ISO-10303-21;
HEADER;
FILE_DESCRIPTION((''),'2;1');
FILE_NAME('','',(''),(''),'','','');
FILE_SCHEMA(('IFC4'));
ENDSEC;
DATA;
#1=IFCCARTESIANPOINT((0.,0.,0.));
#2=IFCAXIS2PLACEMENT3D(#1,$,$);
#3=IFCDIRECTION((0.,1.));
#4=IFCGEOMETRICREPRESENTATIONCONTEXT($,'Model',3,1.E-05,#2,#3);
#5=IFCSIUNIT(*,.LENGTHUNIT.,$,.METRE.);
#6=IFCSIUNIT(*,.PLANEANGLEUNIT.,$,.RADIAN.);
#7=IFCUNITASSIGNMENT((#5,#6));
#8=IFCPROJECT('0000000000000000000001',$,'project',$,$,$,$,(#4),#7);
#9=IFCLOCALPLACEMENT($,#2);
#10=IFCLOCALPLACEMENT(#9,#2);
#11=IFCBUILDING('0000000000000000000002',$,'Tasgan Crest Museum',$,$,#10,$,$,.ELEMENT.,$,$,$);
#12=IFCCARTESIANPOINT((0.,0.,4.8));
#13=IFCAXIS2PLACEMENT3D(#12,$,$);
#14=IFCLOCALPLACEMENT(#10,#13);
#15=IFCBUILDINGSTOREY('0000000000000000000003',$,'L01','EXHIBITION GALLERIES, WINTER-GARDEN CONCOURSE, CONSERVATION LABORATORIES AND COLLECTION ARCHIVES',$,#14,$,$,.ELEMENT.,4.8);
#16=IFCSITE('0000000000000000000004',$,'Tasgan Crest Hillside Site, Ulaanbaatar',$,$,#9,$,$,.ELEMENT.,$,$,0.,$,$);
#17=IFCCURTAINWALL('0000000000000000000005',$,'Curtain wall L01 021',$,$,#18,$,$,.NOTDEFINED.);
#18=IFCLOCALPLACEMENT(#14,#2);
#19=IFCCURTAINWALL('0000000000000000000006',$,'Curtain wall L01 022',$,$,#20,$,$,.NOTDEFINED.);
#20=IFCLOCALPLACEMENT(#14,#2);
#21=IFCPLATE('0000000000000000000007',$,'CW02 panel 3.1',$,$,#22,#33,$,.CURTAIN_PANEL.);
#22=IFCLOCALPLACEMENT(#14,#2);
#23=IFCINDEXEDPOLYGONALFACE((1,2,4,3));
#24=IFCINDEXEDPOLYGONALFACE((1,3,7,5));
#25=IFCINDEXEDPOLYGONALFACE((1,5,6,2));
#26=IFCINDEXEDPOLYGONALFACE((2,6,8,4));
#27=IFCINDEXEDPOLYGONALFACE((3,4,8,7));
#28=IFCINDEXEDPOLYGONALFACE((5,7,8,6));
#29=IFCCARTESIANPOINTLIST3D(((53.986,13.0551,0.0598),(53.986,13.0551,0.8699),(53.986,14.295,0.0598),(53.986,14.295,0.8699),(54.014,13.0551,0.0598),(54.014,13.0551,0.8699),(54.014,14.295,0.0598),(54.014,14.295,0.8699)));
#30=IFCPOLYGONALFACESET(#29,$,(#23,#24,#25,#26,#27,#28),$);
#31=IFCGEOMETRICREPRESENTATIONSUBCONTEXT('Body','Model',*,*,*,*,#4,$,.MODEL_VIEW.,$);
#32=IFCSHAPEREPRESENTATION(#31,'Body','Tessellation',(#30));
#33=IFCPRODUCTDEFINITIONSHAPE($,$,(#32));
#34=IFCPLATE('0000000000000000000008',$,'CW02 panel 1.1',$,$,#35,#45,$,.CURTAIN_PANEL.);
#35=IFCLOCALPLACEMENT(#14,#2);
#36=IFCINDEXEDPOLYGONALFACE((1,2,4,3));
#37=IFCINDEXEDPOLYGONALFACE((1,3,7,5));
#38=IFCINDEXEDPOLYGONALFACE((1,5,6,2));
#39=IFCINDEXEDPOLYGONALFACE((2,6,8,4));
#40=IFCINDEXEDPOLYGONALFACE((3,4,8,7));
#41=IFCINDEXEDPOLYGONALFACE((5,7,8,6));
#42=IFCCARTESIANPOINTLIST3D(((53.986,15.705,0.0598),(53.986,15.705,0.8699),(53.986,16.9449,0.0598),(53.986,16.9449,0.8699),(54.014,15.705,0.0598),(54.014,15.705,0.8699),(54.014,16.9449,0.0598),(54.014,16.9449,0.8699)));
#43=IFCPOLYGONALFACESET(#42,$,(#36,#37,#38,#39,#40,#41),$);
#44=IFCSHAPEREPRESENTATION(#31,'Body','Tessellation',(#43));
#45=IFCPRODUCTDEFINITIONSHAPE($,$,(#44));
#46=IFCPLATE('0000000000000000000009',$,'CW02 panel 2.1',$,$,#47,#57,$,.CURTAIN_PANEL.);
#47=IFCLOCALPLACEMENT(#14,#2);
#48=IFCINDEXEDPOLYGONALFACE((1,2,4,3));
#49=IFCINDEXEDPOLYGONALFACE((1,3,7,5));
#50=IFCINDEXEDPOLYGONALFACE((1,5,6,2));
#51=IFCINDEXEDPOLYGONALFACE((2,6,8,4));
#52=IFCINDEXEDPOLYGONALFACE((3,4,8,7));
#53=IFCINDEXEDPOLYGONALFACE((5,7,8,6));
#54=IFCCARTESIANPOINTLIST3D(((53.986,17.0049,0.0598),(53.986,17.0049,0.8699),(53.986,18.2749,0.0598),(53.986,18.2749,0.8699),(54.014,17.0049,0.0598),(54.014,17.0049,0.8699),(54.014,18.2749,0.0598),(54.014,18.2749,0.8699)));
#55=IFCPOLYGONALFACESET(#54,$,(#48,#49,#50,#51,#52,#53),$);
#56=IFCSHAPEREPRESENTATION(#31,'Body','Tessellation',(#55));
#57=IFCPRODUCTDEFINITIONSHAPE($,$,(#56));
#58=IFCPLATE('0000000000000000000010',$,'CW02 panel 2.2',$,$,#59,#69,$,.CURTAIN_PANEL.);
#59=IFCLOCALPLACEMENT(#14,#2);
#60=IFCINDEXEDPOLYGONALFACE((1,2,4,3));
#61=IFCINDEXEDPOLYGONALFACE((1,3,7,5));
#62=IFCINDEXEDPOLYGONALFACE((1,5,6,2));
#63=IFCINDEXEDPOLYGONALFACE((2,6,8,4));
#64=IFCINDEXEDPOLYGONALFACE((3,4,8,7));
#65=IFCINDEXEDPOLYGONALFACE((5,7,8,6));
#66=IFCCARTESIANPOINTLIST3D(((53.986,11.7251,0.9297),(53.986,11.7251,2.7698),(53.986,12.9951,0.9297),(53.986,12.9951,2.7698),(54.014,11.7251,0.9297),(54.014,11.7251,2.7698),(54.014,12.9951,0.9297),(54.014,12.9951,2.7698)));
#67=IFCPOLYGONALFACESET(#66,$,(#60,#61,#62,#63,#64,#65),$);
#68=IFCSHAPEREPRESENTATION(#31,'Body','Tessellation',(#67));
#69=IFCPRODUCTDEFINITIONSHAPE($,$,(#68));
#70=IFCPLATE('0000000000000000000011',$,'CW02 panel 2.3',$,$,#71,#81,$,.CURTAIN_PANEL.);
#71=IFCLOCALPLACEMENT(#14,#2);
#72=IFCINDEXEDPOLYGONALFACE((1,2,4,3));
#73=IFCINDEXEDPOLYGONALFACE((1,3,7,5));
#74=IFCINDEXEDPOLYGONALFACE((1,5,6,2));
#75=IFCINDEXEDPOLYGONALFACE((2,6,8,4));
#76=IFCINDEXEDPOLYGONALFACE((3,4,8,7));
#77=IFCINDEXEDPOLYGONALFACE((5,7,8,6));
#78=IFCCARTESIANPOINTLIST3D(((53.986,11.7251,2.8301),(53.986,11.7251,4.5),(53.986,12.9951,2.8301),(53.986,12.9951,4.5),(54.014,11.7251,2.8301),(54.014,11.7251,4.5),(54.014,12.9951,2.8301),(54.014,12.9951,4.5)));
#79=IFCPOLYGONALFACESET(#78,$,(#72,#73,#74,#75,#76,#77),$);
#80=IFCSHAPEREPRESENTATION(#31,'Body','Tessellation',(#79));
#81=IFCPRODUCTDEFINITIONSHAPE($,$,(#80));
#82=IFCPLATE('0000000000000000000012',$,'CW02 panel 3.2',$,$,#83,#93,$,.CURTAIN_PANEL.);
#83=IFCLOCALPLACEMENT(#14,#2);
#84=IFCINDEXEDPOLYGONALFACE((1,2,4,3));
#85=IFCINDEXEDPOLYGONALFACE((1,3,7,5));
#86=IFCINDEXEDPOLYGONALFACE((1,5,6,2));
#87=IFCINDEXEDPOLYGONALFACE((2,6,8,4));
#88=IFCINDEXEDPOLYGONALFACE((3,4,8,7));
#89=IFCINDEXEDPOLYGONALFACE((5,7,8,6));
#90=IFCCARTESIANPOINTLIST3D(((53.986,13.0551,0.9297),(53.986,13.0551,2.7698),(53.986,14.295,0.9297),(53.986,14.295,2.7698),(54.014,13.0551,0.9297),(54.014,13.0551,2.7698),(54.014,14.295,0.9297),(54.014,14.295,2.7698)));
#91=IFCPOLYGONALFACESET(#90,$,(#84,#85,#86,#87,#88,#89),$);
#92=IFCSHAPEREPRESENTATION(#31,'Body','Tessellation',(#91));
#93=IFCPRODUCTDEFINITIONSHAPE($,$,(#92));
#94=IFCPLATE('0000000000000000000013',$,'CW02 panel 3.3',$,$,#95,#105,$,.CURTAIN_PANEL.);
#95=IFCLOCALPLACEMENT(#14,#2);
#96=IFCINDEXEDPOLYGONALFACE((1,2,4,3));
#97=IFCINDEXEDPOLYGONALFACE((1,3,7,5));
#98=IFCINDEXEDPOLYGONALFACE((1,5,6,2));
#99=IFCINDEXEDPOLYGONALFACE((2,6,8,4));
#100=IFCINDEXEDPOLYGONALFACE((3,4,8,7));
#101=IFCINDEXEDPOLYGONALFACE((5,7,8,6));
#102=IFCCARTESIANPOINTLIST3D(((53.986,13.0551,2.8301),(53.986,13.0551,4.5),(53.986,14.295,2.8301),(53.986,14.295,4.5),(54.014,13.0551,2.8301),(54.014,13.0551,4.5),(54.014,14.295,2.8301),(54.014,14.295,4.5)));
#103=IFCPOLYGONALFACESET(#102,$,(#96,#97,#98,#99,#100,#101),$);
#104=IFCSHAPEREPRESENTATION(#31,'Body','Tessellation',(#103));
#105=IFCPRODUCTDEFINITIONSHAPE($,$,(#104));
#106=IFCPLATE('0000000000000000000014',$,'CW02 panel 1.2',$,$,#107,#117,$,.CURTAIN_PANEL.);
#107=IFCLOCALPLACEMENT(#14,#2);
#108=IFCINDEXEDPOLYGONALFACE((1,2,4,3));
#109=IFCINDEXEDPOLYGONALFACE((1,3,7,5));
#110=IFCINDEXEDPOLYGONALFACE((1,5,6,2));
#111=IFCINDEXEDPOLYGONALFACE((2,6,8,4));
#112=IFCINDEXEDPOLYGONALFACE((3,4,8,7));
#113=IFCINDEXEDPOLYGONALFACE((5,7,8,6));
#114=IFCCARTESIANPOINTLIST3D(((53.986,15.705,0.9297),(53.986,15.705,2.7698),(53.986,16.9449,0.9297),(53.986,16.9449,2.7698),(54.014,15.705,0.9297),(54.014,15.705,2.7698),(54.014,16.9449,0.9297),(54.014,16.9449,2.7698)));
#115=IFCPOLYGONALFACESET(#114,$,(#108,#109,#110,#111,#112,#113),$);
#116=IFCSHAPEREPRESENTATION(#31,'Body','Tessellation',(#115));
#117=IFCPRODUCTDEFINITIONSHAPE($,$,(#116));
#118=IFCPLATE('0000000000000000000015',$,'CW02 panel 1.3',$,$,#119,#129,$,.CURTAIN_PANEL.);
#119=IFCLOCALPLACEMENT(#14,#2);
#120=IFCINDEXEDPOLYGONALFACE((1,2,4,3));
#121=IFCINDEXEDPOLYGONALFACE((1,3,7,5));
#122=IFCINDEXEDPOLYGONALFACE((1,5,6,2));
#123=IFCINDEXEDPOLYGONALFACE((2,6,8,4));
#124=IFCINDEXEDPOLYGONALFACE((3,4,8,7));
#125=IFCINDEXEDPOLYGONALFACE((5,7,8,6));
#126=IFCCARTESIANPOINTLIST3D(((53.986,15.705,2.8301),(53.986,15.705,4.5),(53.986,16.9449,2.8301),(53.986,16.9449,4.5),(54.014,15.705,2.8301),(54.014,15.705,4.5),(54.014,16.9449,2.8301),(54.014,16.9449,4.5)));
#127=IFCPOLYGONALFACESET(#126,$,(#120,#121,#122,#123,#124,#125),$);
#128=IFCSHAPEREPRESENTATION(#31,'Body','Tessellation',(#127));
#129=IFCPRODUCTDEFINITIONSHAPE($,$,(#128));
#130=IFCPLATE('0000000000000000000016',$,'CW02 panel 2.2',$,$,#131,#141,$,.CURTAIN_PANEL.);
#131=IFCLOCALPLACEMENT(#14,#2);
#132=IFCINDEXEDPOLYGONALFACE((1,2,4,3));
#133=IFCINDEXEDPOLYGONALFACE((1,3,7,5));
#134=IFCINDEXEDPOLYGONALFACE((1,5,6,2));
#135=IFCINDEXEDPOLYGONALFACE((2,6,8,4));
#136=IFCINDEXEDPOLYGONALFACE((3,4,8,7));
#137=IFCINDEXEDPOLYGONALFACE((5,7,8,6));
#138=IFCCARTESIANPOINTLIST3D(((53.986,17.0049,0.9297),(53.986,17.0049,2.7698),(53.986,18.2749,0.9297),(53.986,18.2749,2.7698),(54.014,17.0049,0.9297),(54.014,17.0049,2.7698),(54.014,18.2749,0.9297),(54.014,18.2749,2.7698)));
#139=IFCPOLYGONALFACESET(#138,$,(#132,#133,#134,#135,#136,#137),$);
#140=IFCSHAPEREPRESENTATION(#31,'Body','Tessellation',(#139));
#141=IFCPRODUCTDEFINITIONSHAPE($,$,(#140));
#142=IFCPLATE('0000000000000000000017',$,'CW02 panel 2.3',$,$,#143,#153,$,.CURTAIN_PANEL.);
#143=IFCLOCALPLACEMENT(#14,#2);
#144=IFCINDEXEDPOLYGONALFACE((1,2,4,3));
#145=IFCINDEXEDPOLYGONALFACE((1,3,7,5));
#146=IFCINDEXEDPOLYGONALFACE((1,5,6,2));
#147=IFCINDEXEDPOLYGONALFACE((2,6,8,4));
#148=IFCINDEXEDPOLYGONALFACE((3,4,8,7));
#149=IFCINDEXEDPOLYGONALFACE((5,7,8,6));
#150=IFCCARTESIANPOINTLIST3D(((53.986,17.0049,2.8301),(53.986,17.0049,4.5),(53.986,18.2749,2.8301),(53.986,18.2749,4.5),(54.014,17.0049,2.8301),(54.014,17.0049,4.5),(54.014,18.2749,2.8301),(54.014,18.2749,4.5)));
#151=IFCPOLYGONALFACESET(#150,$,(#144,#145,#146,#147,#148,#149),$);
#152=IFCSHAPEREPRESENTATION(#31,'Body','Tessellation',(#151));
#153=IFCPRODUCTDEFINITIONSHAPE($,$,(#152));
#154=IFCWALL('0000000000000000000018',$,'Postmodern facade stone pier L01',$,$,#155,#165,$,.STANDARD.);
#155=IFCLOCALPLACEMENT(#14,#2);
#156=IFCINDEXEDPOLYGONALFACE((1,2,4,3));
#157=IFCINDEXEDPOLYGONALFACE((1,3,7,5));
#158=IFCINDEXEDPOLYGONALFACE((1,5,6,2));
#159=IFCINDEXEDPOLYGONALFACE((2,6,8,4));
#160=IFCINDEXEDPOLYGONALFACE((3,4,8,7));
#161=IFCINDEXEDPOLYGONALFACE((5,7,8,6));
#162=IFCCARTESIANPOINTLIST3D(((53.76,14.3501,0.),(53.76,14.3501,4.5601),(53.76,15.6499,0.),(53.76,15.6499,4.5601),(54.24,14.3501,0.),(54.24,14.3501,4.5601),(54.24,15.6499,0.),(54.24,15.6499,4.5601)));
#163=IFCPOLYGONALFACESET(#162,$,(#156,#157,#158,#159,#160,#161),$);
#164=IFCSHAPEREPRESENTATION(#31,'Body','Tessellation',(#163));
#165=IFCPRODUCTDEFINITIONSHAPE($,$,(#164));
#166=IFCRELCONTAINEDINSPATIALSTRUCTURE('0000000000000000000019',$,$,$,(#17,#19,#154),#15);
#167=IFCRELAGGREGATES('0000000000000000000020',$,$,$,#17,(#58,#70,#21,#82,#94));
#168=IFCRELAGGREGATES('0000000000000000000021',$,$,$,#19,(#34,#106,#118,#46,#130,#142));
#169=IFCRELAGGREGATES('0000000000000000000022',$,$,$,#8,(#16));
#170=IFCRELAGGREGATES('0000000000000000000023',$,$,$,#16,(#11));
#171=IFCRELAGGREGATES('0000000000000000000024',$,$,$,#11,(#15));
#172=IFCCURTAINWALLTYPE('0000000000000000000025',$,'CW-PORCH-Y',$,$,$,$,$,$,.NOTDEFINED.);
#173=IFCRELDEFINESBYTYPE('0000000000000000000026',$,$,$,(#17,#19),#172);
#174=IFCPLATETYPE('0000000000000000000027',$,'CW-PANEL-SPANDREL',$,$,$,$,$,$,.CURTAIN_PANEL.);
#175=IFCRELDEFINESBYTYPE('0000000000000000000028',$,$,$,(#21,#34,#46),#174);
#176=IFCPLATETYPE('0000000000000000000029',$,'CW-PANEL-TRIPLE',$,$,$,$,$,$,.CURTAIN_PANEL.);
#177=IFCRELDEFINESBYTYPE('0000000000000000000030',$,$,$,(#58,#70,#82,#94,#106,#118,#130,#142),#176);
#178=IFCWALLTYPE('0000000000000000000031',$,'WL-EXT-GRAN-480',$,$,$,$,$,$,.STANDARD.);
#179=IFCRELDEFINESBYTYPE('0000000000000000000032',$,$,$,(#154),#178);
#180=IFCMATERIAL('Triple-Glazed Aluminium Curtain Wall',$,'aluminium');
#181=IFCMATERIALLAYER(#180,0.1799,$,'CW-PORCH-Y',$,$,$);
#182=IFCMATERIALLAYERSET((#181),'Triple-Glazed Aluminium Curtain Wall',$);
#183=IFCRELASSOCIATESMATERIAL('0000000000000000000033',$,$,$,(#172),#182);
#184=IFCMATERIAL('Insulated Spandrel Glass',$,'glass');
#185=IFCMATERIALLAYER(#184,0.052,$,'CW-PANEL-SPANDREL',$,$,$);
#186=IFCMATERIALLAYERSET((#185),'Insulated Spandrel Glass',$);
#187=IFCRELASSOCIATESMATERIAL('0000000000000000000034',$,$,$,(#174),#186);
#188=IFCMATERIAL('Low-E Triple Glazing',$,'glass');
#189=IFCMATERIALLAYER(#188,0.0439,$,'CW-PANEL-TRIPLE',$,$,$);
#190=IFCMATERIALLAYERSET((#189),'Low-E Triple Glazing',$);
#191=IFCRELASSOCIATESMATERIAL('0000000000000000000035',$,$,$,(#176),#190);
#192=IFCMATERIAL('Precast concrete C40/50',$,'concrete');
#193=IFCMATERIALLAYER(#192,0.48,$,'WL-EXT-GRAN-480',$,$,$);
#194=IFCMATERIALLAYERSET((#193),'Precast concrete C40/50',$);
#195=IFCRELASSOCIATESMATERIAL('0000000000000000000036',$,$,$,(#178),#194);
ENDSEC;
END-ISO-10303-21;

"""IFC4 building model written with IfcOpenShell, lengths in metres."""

from ifc_helpers import new_model, si_unit, direction, frame, frame_2d, origin, origin_2d, place, context, subcontext, project, spatial, rectangle, extrude, material, layer, layer_set, type_object, element, aggregate, save


model = new_model("IFC4")

# Units and contexts
model_context = context("Model", 3, precision=1e-05, world=origin(), true_north=direction((0.0, 1.0)))
body_context = subcontext(model_context, "Body", "Model", "MODEL_VIEW")
ifc_project = project(units=[si_unit("LENGTHUNIT", "METRE"), si_unit("PLANEANGLEUNIT", "RADIAN")], contexts=[model_context])

# Site, building, storey
site_placement = place(None, origin())
site = spatial("IfcSite", under=ifc_project, at=site_placement, Name="Tasgan Crest Hillside Site, Ulaanbaatar", CompositionType="ELEMENT", RefElevation=0.0)
building_placement = place(site_placement, origin())
building = spatial("IfcBuilding", under=site, at=building_placement, Name="Tasgan Crest Museum", CompositionType="ELEMENT")
storey_placement = place(building_placement, frame((0.0, 0.0, 4.8)))
storey = spatial("IfcBuildingStorey", under=building, at=storey_placement, Name="L01", Description="EXHIBITION GALLERIES, WINTER-GARDEN CONCOURSE, CONSERVATION LABORATORIES AND COLLECTION ARCHIVES", CompositionType="ELEMENT", Elevation=4.8)

# Curtain walls
ifc_material_1 = material(Name="Triple-Glazed Aluminium Curtain Wall", Category="aluminium")
ifc_layer_1 = layer(ifc_material_1, 0.1799, Name="CW-PORCH-Y")
ifc_layer_set_1 = layer_set([ifc_layer_1], Name="Triple-Glazed Aluminium Curtain Wall")
curtain_wall_type = type_object("IfcCurtainWallType", Name="CW-PORCH-Y", PredefinedType="NOTDEFINED", material=ifc_layer_set_1)
curtain_wall_1_placement = place(storey_placement, origin())
curtain_wall_1 = element("IfcCurtainWall", 1, at=curtain_wall_1_placement, inside=storey, type_object=curtain_wall_type, Name="Curtain wall L01 021", PredefinedType="NOTDEFINED")
curtain_wall_2_placement = place(storey_placement, origin())
curtain_wall_2 = element("IfcCurtainWall", 2, at=curtain_wall_2_placement, inside=storey, type_object=curtain_wall_type, Name="Curtain wall L01 022", PredefinedType="NOTDEFINED")

# Plates
ifc_material_2 = material(Name="Insulated Spandrel Glass", Category="glass")
ifc_layer_2 = layer(ifc_material_2, 0.052, Name="CW-PANEL-SPANDREL")
ifc_layer_set_2 = layer_set([ifc_layer_2], Name="Insulated Spandrel Glass")
plate_type_1 = type_object("IfcPlateType", Name="CW-PANEL-SPANDREL", PredefinedType="CURTAIN_PANEL", material=ifc_layer_set_2)
plate_1_placement = place(storey_placement, frame((54.0, 13.675, 0.0598), z_axis=(0.0, 0.0, 1.0), x_axis=(0.0, 1.0, 0.0)))
plate_1 = element("IfcPlate", 3, at=plate_1_placement, type_object=plate_type_1, Name="CW02 panel 3.1", PredefinedType="CURTAIN_PANEL", context=body_context, shape_type="SweptSolid", body=[
    extrude(rectangle(XDim=1.24, YDim=0.0281, at=origin_2d()), origin(), (0.0, 0.0, 1.0), 0.8101),
])
plate_2_placement = place(storey_placement, frame((54.0, 16.325, 0.0598), z_axis=(0.0, 0.0, 1.0), x_axis=(0.0, 1.0, 0.0)))
plate_2 = element("IfcPlate", 4, at=plate_2_placement, type_object=plate_type_1, Name="CW02 panel 1.1", PredefinedType="CURTAIN_PANEL", context=body_context, shape_type="SweptSolid", body=[
    extrude(rectangle(XDim=1.24, YDim=0.0281, at=origin_2d()), origin(), (0.0, 0.0, 1.0), 0.8101),
])
plate_3_placement = place(storey_placement, frame((54.0, 17.6399, 0.0598), z_axis=(0.0, 0.0, 1.0), x_axis=(0.0, 1.0, 0.0)))
plate_3 = element("IfcPlate", 5, at=plate_3_placement, type_object=plate_type_1, Name="CW02 panel 2.1", PredefinedType="CURTAIN_PANEL", context=body_context, shape_type="SweptSolid", body=[
    extrude(rectangle(XDim=1.27, YDim=0.0281, at=origin_2d()), origin(), (0.0, 0.0, 1.0), 0.8101),
])
ifc_material_3 = material(Name="Low-E Triple Glazing", Category="glass")
ifc_layer_3 = layer(ifc_material_3, 0.0439, Name="CW-PANEL-TRIPLE")
ifc_layer_set_3 = layer_set([ifc_layer_3], Name="Low-E Triple Glazing")
plate_type_2 = type_object("IfcPlateType", Name="CW-PANEL-TRIPLE", PredefinedType="CURTAIN_PANEL", material=ifc_layer_set_3)
plate_4_placement = place(storey_placement, frame((54.0, 12.3601, 0.9297), z_axis=(0.0, 0.0, 1.0), x_axis=(0.0, 1.0, 0.0)))
plate_4 = element("IfcPlate", 6, at=plate_4_placement, type_object=plate_type_2, Name="CW02 panel 2.2", PredefinedType="CURTAIN_PANEL", context=body_context, shape_type="SweptSolid", body=[
    extrude(rectangle(XDim=1.27, YDim=0.0281, at=origin_2d()), origin(), (0.0, 0.0, 1.0), 1.8401),
])
plate_5_placement = place(storey_placement, frame((54.0, 12.3601, 2.8301), z_axis=(0.0, 0.0, 1.0), x_axis=(0.0, 1.0, 0.0)))
plate_5 = element("IfcPlate", 7, at=plate_5_placement, type_object=plate_type_2, Name="CW02 panel 2.3", PredefinedType="CURTAIN_PANEL", context=body_context, shape_type="SweptSolid", body=[
    extrude(rectangle(XDim=1.27, YDim=0.0281, at=origin_2d()), origin(), (0.0, 0.0, 1.0), 1.6699),
])
plate_6_placement = place(storey_placement, frame((54.0, 13.675, 0.9297), z_axis=(0.0, 0.0, 1.0), x_axis=(0.0, 1.0, 0.0)))
plate_6 = element("IfcPlate", 8, at=plate_6_placement, type_object=plate_type_2, Name="CW02 panel 3.2", PredefinedType="CURTAIN_PANEL", context=body_context, shape_type="SweptSolid", body=[
    extrude(rectangle(XDim=1.24, YDim=0.0281, at=origin_2d()), origin(), (0.0, 0.0, 1.0), 1.8401),
])
plate_7_placement = place(storey_placement, frame((54.0, 13.675, 2.8301), z_axis=(0.0, 0.0, 1.0), x_axis=(0.0, 1.0, 0.0)))
plate_7 = element("IfcPlate", 9, at=plate_7_placement, type_object=plate_type_2, Name="CW02 panel 3.3", PredefinedType="CURTAIN_PANEL", context=body_context, shape_type="SweptSolid", body=[
    extrude(rectangle(XDim=1.24, YDim=0.0281, at=origin_2d()), origin(), (0.0, 0.0, 1.0), 1.6699),
])
aggregate(curtain_wall_1, [plate_4, plate_5, plate_1, plate_6, plate_7])
plate_8_placement = place(storey_placement, frame((54.0, 16.325, 0.9297), z_axis=(0.0, 0.0, 1.0), x_axis=(0.0, 1.0, 0.0)))
plate_8 = element("IfcPlate", 10, at=plate_8_placement, type_object=plate_type_2, Name="CW02 panel 1.2", PredefinedType="CURTAIN_PANEL", context=body_context, shape_type="SweptSolid", body=[
    extrude(rectangle(XDim=1.24, YDim=0.0281, at=origin_2d()), origin(), (0.0, 0.0, 1.0), 1.8401),
])
plate_9_placement = place(storey_placement, frame((54.0, 16.325, 2.8301), z_axis=(0.0, 0.0, 1.0), x_axis=(0.0, 1.0, 0.0)))
plate_9 = element("IfcPlate", 11, at=plate_9_placement, type_object=plate_type_2, Name="CW02 panel 1.3", PredefinedType="CURTAIN_PANEL", context=body_context, shape_type="SweptSolid", body=[
    extrude(rectangle(XDim=1.24, YDim=0.0281, at=origin_2d()), origin(), (0.0, 0.0, 1.0), 1.6699),
])
plate_10_placement = place(storey_placement, frame((54.0, 17.6399, 0.9297), z_axis=(0.0, 0.0, 1.0), x_axis=(0.0, 1.0, 0.0)))
plate_10 = element("IfcPlate", 12, at=plate_10_placement, type_object=plate_type_2, Name="CW02 panel 2.2", PredefinedType="CURTAIN_PANEL", context=body_context, shape_type="SweptSolid", body=[
    extrude(rectangle(XDim=1.27, YDim=0.0281, at=origin_2d()), origin(), (0.0, 0.0, 1.0), 1.8401),
])
plate_11_placement = place(storey_placement, frame((54.0, 17.6399, 2.8301), z_axis=(0.0, 0.0, 1.0), x_axis=(0.0, 1.0, 0.0)))
plate_11 = element("IfcPlate", 13, at=plate_11_placement, type_object=plate_type_2, Name="CW02 panel 2.3", PredefinedType="CURTAIN_PANEL", context=body_context, shape_type="SweptSolid", body=[
    extrude(rectangle(XDim=1.27, YDim=0.0281, at=origin_2d()), origin(), (0.0, 0.0, 1.0), 1.6699),
])
aggregate(curtain_wall_2, [plate_2, plate_8, plate_9, plate_3, plate_10, plate_11])

# Wall
ifc_material_4 = material(Name="Precast concrete C40/50", Category="concrete")
ifc_layer_4 = layer(ifc_material_4, 0.48, Name="WL-EXT-GRAN-480")
ifc_layer_set_4 = layer_set([ifc_layer_4], Name="Precast concrete C40/50")
wall_type = type_object("IfcWallType", Name="WL-EXT-GRAN-480", PredefinedType="STANDARD", material=ifc_layer_set_4)
wall_placement = place(storey_placement, frame((54.0, 14.3501, 0.0), z_axis=(0.0, 0.0, 1.0), x_axis=(0.0, 1.0, 0.0)))
element("IfcWall", 14, at=wall_placement, inside=storey, type_object=wall_type, Name="Postmodern facade stone pier L01", PredefinedType="STANDARD", context=body_context, shape_type="SweptSolid", body=[
    extrude(rectangle(XDim=1.2998, YDim=0.48, at=frame_2d((0.6499, 0.0))), origin(), (0.0, 0.0, 1.0), 4.5601),
])

save(model, "model.ifc")
